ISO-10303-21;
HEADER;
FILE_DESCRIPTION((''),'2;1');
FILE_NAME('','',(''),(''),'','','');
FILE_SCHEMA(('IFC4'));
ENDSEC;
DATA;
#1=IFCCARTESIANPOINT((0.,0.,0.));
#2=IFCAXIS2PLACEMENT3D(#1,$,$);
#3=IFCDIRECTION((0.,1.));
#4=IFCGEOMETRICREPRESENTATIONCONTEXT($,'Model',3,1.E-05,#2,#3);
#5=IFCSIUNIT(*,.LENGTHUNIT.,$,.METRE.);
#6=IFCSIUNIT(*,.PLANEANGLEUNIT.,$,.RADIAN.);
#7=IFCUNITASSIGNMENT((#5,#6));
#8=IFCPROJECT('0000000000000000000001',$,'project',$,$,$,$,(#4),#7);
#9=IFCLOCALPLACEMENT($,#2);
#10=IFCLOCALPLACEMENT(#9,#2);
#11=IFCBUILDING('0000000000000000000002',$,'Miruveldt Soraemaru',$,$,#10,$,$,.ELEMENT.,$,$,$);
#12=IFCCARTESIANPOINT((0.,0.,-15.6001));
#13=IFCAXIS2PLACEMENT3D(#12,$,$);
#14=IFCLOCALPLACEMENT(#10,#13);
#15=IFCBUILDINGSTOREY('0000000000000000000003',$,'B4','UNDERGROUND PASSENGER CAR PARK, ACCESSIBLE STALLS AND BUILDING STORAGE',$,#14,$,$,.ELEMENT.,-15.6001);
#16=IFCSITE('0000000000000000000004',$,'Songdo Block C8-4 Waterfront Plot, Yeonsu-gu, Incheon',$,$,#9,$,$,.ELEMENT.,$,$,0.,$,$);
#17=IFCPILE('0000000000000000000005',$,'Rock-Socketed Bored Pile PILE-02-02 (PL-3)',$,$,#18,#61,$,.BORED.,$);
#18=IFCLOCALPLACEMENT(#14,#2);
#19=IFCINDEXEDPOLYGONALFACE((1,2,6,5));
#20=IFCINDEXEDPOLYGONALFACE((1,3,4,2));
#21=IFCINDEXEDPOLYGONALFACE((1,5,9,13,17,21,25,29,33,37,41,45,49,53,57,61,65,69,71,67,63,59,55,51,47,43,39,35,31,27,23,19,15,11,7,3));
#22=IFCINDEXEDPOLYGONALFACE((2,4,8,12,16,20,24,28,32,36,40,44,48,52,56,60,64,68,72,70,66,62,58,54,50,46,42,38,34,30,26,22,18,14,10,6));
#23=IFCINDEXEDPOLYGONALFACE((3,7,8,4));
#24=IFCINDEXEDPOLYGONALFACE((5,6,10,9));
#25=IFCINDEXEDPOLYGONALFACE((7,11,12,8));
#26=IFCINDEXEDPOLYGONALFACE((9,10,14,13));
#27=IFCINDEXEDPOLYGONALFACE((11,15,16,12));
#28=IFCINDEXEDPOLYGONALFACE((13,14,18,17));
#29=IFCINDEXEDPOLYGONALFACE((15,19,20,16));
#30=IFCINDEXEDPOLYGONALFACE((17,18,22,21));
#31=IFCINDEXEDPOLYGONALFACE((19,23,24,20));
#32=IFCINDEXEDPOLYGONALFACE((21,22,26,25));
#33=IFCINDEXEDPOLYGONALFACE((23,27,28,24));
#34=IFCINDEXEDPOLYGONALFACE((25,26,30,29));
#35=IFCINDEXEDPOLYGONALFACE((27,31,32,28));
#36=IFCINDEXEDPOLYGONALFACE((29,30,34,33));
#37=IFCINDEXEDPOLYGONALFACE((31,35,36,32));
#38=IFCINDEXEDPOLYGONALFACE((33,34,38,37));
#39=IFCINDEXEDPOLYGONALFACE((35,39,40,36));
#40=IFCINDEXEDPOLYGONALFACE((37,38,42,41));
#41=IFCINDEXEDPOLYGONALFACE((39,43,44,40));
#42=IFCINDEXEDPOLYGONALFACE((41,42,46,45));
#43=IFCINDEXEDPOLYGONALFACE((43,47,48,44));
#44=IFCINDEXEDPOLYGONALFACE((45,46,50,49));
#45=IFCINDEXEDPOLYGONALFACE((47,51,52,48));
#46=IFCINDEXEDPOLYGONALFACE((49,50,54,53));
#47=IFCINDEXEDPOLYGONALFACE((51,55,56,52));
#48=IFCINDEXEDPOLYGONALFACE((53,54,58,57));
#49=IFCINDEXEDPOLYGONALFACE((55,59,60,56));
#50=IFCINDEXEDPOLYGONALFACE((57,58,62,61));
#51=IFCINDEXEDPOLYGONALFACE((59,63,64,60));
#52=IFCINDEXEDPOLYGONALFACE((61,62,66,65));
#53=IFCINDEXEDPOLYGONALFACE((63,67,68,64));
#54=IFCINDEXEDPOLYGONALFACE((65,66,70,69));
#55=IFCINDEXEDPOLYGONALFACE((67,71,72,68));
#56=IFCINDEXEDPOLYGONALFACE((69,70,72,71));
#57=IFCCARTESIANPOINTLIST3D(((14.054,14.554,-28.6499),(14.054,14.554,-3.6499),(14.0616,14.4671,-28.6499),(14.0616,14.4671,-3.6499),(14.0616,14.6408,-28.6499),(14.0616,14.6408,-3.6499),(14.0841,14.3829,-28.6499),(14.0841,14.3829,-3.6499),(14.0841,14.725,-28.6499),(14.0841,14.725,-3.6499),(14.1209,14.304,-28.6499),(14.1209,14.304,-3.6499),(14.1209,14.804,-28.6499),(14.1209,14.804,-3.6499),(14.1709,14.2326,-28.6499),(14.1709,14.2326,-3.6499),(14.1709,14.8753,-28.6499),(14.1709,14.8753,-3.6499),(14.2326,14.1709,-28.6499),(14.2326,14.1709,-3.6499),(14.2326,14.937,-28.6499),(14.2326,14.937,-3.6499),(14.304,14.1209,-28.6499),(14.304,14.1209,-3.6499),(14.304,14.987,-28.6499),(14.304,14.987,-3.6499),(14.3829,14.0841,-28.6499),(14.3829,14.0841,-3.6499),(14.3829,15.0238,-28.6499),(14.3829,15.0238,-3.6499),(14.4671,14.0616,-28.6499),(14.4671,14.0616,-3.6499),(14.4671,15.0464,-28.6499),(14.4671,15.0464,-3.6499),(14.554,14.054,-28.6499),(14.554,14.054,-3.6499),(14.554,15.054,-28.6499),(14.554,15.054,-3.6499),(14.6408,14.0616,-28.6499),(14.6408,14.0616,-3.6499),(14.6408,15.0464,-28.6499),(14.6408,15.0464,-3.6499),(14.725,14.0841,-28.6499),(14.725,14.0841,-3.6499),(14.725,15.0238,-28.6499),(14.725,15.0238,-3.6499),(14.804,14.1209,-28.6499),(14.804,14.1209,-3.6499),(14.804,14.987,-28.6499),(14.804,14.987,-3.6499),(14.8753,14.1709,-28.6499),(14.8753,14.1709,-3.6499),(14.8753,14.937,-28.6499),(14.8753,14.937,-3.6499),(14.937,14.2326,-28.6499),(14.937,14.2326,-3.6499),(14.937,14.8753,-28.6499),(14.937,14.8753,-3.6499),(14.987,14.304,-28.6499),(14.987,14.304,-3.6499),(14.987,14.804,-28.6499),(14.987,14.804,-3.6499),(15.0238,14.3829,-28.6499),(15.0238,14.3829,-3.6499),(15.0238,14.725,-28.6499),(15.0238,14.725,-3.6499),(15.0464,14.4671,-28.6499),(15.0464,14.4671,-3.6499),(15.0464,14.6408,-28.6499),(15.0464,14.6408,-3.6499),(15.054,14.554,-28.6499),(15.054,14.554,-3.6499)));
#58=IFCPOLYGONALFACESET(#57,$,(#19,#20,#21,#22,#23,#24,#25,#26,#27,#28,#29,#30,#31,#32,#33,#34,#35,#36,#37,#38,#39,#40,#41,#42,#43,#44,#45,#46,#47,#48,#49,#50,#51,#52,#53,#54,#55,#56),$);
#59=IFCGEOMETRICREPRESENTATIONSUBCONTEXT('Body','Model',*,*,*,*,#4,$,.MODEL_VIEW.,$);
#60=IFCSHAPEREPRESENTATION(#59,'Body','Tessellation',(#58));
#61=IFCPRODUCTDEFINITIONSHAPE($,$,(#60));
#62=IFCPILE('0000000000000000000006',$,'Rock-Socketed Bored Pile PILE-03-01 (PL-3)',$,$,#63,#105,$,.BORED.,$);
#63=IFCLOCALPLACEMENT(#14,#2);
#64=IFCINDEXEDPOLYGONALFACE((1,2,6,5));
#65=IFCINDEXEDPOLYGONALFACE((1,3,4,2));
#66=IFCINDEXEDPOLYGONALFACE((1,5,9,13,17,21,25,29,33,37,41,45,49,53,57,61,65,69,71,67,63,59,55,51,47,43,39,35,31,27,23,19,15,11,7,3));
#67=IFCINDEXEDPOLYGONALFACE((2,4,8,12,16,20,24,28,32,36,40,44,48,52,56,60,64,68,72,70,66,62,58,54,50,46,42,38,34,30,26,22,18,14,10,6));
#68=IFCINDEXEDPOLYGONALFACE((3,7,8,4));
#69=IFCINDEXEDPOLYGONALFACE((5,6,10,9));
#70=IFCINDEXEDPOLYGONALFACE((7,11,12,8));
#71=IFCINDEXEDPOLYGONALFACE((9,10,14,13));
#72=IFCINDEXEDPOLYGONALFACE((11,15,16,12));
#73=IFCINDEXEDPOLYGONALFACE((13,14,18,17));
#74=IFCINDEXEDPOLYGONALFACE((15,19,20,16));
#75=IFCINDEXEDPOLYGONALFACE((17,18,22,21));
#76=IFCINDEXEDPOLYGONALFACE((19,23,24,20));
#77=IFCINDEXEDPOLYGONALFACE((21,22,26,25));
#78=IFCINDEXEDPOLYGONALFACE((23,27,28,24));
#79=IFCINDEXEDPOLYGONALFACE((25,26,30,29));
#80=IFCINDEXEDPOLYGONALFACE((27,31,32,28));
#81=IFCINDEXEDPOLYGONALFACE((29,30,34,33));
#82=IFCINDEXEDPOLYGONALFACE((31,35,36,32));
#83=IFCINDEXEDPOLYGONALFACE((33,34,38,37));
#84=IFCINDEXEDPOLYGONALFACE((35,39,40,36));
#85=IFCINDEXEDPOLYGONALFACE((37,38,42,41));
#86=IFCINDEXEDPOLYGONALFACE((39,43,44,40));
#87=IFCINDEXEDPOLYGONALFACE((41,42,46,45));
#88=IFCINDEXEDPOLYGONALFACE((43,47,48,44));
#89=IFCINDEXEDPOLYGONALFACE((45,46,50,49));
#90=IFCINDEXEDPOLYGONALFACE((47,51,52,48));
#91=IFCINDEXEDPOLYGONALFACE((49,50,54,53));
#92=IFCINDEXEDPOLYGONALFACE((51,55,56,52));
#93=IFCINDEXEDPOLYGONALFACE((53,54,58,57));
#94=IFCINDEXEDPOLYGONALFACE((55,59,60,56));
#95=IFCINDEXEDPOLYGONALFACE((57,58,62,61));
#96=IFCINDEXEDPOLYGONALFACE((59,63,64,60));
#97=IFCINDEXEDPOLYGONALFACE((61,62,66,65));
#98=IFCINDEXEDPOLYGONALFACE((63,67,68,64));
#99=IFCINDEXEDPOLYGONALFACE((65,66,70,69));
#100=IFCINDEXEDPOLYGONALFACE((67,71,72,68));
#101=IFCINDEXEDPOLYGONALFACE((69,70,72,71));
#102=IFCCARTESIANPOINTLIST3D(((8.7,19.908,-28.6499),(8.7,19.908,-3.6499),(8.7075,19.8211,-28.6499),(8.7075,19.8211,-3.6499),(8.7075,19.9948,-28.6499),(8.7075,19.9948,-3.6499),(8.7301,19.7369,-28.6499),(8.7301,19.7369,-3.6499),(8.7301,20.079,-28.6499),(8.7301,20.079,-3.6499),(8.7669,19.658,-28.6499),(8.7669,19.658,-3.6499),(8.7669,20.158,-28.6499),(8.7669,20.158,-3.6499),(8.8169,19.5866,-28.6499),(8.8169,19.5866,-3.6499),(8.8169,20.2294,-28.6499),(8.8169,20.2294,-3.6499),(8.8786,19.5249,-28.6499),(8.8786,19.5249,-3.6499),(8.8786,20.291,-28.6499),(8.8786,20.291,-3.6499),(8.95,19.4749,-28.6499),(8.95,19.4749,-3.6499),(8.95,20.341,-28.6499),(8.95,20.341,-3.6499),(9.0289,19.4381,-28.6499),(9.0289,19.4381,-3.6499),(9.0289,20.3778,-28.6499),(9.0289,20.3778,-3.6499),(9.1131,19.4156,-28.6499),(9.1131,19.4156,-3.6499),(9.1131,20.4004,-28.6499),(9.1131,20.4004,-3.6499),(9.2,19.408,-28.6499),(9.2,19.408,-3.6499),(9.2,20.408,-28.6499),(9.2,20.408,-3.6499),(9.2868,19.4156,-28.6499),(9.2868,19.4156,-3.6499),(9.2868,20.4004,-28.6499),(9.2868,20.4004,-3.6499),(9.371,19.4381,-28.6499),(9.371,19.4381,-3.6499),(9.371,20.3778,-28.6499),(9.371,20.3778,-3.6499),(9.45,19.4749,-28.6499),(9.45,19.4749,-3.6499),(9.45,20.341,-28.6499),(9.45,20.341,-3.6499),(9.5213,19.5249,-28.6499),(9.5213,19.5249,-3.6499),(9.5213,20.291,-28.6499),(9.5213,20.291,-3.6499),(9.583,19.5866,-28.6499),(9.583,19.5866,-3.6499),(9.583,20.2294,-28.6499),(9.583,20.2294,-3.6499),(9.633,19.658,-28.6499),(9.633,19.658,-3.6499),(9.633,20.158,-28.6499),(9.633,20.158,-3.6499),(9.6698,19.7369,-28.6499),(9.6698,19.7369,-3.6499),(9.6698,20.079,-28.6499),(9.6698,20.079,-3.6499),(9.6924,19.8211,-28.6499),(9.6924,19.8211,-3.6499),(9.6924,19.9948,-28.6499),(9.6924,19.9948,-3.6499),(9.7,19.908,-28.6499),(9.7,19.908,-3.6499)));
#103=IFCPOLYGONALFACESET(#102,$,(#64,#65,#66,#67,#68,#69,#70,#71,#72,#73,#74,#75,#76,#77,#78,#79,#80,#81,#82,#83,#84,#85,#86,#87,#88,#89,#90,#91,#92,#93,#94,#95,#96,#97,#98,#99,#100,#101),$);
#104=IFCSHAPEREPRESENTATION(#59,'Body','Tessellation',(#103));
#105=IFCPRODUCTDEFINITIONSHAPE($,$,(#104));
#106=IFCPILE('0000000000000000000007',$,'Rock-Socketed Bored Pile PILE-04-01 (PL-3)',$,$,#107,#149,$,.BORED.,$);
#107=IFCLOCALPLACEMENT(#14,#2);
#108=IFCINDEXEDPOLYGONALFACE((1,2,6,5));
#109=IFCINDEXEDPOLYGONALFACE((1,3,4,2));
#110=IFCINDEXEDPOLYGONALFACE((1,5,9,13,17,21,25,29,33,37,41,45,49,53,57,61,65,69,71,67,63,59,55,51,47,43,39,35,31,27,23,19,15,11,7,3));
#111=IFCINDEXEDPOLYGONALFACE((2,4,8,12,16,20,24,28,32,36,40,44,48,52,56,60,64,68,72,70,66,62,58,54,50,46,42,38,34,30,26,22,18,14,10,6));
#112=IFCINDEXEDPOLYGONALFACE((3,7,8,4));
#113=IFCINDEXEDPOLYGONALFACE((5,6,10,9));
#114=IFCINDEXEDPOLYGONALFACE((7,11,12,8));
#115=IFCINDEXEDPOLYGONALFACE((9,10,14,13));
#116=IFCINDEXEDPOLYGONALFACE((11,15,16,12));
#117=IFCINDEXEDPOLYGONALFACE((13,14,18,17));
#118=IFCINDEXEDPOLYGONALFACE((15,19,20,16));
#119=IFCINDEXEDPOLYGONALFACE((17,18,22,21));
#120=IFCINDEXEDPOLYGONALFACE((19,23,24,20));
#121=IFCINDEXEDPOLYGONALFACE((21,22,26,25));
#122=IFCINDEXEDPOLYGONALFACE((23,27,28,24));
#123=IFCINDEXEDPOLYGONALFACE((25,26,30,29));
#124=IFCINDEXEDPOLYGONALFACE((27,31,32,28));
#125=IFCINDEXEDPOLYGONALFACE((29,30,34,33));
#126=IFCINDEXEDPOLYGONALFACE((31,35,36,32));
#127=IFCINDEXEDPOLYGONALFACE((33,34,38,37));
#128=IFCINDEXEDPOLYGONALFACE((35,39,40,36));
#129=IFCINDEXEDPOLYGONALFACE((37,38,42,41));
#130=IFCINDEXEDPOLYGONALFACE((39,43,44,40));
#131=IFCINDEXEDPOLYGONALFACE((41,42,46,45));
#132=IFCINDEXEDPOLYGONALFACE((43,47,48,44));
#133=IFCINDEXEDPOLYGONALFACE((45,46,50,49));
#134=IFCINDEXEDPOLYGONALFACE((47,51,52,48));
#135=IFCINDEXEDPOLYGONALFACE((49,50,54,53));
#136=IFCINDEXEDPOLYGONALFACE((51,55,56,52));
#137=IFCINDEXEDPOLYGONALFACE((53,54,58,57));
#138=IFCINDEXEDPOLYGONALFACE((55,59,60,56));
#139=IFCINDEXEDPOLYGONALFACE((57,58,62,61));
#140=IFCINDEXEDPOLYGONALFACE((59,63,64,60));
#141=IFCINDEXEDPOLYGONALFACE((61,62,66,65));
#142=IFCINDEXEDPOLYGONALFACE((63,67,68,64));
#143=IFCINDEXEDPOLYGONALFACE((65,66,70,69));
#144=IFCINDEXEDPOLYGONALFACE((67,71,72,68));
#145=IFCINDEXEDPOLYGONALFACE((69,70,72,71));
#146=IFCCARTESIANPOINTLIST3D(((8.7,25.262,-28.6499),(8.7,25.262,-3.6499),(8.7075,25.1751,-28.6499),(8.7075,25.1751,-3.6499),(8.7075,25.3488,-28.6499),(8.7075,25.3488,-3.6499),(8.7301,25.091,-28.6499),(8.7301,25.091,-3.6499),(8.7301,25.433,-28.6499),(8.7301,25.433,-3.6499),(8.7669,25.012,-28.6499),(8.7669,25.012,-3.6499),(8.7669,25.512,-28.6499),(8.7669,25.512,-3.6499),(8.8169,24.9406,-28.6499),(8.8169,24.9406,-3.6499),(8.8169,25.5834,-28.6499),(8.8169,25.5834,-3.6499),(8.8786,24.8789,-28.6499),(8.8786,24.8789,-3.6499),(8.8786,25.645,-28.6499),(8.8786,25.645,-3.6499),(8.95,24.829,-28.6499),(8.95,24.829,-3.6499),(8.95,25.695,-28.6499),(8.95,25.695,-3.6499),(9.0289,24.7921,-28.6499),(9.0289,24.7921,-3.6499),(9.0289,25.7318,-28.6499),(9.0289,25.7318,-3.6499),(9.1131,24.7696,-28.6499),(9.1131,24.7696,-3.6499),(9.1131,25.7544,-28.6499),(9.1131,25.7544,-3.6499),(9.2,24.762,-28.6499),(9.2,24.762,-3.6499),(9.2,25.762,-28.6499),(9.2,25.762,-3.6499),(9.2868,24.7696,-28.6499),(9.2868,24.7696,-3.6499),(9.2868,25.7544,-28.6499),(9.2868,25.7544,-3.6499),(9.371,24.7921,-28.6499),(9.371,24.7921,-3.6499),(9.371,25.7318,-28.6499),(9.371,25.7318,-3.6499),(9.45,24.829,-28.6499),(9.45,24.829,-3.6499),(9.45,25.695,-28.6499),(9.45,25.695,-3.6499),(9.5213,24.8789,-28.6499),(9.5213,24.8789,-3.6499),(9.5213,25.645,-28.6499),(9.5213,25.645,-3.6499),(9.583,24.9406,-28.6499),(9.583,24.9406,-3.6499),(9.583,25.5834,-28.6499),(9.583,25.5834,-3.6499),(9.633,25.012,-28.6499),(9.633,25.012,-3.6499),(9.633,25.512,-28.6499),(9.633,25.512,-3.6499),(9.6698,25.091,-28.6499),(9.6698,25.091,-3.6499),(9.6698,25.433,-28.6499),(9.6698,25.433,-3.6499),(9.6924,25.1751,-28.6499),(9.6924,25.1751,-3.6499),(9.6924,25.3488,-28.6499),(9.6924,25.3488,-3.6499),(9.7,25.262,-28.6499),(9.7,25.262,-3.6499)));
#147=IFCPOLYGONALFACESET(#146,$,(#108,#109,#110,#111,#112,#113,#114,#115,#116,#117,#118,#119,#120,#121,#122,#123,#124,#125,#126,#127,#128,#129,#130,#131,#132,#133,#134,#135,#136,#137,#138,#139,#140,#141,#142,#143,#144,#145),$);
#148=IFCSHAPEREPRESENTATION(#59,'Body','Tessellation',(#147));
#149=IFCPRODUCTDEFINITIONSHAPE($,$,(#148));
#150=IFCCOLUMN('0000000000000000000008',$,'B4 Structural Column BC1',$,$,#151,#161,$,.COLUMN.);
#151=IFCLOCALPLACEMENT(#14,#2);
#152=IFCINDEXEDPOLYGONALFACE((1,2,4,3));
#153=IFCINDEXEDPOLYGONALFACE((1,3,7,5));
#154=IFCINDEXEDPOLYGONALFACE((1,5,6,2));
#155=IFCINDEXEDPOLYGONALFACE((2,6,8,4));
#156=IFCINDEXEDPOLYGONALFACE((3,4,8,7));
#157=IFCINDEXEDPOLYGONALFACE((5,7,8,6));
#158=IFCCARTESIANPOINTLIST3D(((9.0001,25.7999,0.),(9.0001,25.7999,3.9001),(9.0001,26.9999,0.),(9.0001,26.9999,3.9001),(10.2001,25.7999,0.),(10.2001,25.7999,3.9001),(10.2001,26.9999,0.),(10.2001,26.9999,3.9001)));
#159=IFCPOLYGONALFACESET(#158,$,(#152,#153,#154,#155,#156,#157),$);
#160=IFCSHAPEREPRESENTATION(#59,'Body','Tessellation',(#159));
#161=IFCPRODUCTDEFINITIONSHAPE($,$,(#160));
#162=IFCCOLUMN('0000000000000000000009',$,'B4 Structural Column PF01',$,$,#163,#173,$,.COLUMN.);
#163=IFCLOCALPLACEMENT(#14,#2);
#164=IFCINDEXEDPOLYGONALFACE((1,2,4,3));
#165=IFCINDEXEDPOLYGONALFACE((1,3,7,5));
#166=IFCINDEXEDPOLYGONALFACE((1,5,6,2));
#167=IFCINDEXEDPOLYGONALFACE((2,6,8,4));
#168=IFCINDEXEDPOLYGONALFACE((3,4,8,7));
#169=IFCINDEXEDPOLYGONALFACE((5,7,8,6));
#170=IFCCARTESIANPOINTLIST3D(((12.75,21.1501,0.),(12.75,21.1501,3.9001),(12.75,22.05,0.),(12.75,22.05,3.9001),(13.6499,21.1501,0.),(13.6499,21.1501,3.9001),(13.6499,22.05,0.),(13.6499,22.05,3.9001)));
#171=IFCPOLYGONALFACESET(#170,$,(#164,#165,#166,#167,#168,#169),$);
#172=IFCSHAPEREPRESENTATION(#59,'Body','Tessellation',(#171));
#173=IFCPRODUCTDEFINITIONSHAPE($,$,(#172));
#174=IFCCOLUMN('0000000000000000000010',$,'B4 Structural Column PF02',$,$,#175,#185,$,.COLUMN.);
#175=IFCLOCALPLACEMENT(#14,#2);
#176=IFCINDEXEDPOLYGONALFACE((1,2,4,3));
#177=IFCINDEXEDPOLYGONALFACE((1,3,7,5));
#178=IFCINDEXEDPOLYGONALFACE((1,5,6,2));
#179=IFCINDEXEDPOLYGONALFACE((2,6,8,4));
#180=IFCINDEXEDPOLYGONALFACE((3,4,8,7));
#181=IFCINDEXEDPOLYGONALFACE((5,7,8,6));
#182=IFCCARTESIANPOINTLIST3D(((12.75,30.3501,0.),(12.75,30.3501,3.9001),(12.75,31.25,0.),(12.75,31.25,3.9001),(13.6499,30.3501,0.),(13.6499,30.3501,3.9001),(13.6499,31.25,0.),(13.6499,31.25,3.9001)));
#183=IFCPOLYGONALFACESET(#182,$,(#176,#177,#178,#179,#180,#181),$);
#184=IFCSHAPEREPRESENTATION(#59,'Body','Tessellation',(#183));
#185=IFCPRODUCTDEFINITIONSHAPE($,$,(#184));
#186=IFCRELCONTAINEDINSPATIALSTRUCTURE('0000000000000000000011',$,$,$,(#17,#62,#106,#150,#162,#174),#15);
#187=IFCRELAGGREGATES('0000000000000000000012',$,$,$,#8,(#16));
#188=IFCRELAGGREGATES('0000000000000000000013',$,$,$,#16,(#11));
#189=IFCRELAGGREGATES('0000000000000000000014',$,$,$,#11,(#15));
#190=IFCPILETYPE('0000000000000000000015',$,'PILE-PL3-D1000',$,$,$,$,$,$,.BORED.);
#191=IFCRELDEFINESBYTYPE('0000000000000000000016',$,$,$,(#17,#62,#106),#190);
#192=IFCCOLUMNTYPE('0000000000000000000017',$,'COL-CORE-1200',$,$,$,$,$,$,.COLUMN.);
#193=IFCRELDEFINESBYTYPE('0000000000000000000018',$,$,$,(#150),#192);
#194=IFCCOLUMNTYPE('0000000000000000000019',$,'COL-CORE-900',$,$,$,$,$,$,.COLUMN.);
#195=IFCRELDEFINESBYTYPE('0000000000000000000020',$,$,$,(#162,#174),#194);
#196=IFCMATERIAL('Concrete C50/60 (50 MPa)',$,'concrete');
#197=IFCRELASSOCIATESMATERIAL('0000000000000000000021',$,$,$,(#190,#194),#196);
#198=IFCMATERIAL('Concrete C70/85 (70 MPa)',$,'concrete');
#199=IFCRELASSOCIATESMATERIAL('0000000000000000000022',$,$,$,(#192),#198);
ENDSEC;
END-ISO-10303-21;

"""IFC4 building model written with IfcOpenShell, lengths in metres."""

from ifc_helpers import new_model, si_unit, direction, frame, origin, origin_2d, place, context, subcontext, project, spatial, rectangle, circle, extrude, material, material_profile, profile_set, type_object, element, save


model = new_model("IFC4")

# Units and contexts
model_context = context("Model", 3, precision=1e-05, world=origin(), true_north=direction((0.0, 1.0)))
body_context = subcontext(model_context, "Body", "Model", "MODEL_VIEW")
ifc_project = project(units=[si_unit("LENGTHUNIT", "METRE"), si_unit("PLANEANGLEUNIT", "RADIAN")], contexts=[model_context])

# Site, building, storey
site_placement = place(None, origin())
site = spatial("IfcSite", under=ifc_project, at=site_placement, Name="Songdo Block C8-4 Waterfront Plot, Yeonsu-gu, Incheon", CompositionType="ELEMENT", RefElevation=0.0)
building_placement = place(site_placement, origin())
building = spatial("IfcBuilding", under=site, at=building_placement, Name="Miruveldt Soraemaru", CompositionType="ELEMENT")
storey_placement = place(building_placement, frame((0.0, 0.0, -15.6001)))
storey = spatial("IfcBuildingStorey", under=building, at=storey_placement, Name="B4", Description="UNDERGROUND PASSENGER CAR PARK, ACCESSIBLE STALLS AND BUILDING STORAGE", CompositionType="ELEMENT", Elevation=-15.6001)

# Piles
ifc_material_1 = material(Name="Concrete C50/60 (50 MPa)", Category="concrete")
ifc_material_profile_1 = material_profile(ifc_material_1, circle(Radius=0.5, at=origin_2d()), Name="Concrete C50/60 (50 MPa)", Category="concrete")
ifc_profile_set_1 = profile_set([ifc_material_profile_1], Name="Concrete C50/60 (50 MPa)")
pile_type_1 = type_object("IfcPileType", Name="PILE-PL3-D1000", PredefinedType="BORED", material=ifc_profile_set_1)
for number, where, z_axis, x_axis, name in (
    (1, (14.554, 14.554, -3.6499), (0.0, 0.0, -1.0), (1.0, 0.0, 0.0), "Rock-Socketed Bored Pile PILE-02-02 (PL-3)"),
    (2, (9.2, 19.908, -3.6499), (0.0, 0.0, -1.0), (1.0, 0.0, 0.0), "Rock-Socketed Bored Pile PILE-03-01 (PL-3)"),
    (3, (9.2, 25.262, -3.6499), (0.0, 0.0, -1.0), (1.0, 0.0, 0.0), "Rock-Socketed Bored Pile PILE-04-01 (PL-3)"),
):
    element("IfcPile", number, at=place(storey_placement, frame(where, z_axis=z_axis, x_axis=x_axis)), inside=storey, type_object=pile_type_1, Name=name, PredefinedType="BORED", context=body_context, shape_type="SweptSolid", body=[
        extrude(circle(Radius=0.5, at=origin_2d()), origin(), (0.0, 0.0, 1.0), 25.0),
    ])

# Columns
ifc_material_2 = material(Name="Concrete C70/85 (70 MPa)", Category="concrete")
ifc_material_profile_2 = material_profile(ifc_material_2, rectangle(XDim=1.2, YDim=1.2, at=origin_2d()), Name="Concrete C70/85 (70 MPa)", Category="concrete")
ifc_profile_set_2 = profile_set([ifc_material_profile_2], Name="Concrete C70/85 (70 MPa)")
column_type_1 = type_object("IfcColumnType", Name="COL-CORE-1200", PredefinedType="COLUMN", material=ifc_profile_set_2)
column_placement = place(storey_placement, frame((9.6001, 26.3999, 0.0), z_axis=(0.0, 0.0, 1.0), x_axis=(1.0, 0.0, 0.0)))
element("IfcColumn", 4, at=column_placement, inside=storey, type_object=column_type_1, Name="B4 Structural Column BC1", PredefinedType="COLUMN", context=body_context, shape_type="SweptSolid", body=[
    extrude(rectangle(XDim=1.2, YDim=1.2, at=origin_2d()), origin(), (0.0, 0.0, 1.0), 3.9001),
])
ifc_material_profile_3 = material_profile(ifc_material_1, rectangle(XDim=0.8999, YDim=0.8999, at=origin_2d()), Name="Concrete C50/60 (50 MPa)", Category="concrete")
ifc_profile_set_3 = profile_set([ifc_material_profile_3], Name="Concrete C50/60 (50 MPa)")
column_type_2 = type_object("IfcColumnType", Name="COL-CORE-900", PredefinedType="COLUMN", material=ifc_profile_set_3)
for number, where, z_axis, x_axis, name in (
    (5, (13.2, 21.6001, 0.0), (0.0, 0.0, 1.0), (1.0, 0.0, 0.0), "B4 Structural Column PF01"),
    (6, (13.2, 30.8, 0.0), (0.0, 0.0, 1.0), (1.0, 0.0, 0.0), "B4 Structural Column PF02"),
):
    element("IfcColumn", number, at=place(storey_placement, frame(where, z_axis=z_axis, x_axis=x_axis)), inside=storey, type_object=column_type_2, Name=name, PredefinedType="COLUMN", context=body_context, shape_type="SweptSolid", body=[
        extrude(rectangle(XDim=0.8999, YDim=0.8999, at=origin_2d()), origin(), (0.0, 0.0, 1.0), 3.9001),
    ])

save(model, "model.ifc")
